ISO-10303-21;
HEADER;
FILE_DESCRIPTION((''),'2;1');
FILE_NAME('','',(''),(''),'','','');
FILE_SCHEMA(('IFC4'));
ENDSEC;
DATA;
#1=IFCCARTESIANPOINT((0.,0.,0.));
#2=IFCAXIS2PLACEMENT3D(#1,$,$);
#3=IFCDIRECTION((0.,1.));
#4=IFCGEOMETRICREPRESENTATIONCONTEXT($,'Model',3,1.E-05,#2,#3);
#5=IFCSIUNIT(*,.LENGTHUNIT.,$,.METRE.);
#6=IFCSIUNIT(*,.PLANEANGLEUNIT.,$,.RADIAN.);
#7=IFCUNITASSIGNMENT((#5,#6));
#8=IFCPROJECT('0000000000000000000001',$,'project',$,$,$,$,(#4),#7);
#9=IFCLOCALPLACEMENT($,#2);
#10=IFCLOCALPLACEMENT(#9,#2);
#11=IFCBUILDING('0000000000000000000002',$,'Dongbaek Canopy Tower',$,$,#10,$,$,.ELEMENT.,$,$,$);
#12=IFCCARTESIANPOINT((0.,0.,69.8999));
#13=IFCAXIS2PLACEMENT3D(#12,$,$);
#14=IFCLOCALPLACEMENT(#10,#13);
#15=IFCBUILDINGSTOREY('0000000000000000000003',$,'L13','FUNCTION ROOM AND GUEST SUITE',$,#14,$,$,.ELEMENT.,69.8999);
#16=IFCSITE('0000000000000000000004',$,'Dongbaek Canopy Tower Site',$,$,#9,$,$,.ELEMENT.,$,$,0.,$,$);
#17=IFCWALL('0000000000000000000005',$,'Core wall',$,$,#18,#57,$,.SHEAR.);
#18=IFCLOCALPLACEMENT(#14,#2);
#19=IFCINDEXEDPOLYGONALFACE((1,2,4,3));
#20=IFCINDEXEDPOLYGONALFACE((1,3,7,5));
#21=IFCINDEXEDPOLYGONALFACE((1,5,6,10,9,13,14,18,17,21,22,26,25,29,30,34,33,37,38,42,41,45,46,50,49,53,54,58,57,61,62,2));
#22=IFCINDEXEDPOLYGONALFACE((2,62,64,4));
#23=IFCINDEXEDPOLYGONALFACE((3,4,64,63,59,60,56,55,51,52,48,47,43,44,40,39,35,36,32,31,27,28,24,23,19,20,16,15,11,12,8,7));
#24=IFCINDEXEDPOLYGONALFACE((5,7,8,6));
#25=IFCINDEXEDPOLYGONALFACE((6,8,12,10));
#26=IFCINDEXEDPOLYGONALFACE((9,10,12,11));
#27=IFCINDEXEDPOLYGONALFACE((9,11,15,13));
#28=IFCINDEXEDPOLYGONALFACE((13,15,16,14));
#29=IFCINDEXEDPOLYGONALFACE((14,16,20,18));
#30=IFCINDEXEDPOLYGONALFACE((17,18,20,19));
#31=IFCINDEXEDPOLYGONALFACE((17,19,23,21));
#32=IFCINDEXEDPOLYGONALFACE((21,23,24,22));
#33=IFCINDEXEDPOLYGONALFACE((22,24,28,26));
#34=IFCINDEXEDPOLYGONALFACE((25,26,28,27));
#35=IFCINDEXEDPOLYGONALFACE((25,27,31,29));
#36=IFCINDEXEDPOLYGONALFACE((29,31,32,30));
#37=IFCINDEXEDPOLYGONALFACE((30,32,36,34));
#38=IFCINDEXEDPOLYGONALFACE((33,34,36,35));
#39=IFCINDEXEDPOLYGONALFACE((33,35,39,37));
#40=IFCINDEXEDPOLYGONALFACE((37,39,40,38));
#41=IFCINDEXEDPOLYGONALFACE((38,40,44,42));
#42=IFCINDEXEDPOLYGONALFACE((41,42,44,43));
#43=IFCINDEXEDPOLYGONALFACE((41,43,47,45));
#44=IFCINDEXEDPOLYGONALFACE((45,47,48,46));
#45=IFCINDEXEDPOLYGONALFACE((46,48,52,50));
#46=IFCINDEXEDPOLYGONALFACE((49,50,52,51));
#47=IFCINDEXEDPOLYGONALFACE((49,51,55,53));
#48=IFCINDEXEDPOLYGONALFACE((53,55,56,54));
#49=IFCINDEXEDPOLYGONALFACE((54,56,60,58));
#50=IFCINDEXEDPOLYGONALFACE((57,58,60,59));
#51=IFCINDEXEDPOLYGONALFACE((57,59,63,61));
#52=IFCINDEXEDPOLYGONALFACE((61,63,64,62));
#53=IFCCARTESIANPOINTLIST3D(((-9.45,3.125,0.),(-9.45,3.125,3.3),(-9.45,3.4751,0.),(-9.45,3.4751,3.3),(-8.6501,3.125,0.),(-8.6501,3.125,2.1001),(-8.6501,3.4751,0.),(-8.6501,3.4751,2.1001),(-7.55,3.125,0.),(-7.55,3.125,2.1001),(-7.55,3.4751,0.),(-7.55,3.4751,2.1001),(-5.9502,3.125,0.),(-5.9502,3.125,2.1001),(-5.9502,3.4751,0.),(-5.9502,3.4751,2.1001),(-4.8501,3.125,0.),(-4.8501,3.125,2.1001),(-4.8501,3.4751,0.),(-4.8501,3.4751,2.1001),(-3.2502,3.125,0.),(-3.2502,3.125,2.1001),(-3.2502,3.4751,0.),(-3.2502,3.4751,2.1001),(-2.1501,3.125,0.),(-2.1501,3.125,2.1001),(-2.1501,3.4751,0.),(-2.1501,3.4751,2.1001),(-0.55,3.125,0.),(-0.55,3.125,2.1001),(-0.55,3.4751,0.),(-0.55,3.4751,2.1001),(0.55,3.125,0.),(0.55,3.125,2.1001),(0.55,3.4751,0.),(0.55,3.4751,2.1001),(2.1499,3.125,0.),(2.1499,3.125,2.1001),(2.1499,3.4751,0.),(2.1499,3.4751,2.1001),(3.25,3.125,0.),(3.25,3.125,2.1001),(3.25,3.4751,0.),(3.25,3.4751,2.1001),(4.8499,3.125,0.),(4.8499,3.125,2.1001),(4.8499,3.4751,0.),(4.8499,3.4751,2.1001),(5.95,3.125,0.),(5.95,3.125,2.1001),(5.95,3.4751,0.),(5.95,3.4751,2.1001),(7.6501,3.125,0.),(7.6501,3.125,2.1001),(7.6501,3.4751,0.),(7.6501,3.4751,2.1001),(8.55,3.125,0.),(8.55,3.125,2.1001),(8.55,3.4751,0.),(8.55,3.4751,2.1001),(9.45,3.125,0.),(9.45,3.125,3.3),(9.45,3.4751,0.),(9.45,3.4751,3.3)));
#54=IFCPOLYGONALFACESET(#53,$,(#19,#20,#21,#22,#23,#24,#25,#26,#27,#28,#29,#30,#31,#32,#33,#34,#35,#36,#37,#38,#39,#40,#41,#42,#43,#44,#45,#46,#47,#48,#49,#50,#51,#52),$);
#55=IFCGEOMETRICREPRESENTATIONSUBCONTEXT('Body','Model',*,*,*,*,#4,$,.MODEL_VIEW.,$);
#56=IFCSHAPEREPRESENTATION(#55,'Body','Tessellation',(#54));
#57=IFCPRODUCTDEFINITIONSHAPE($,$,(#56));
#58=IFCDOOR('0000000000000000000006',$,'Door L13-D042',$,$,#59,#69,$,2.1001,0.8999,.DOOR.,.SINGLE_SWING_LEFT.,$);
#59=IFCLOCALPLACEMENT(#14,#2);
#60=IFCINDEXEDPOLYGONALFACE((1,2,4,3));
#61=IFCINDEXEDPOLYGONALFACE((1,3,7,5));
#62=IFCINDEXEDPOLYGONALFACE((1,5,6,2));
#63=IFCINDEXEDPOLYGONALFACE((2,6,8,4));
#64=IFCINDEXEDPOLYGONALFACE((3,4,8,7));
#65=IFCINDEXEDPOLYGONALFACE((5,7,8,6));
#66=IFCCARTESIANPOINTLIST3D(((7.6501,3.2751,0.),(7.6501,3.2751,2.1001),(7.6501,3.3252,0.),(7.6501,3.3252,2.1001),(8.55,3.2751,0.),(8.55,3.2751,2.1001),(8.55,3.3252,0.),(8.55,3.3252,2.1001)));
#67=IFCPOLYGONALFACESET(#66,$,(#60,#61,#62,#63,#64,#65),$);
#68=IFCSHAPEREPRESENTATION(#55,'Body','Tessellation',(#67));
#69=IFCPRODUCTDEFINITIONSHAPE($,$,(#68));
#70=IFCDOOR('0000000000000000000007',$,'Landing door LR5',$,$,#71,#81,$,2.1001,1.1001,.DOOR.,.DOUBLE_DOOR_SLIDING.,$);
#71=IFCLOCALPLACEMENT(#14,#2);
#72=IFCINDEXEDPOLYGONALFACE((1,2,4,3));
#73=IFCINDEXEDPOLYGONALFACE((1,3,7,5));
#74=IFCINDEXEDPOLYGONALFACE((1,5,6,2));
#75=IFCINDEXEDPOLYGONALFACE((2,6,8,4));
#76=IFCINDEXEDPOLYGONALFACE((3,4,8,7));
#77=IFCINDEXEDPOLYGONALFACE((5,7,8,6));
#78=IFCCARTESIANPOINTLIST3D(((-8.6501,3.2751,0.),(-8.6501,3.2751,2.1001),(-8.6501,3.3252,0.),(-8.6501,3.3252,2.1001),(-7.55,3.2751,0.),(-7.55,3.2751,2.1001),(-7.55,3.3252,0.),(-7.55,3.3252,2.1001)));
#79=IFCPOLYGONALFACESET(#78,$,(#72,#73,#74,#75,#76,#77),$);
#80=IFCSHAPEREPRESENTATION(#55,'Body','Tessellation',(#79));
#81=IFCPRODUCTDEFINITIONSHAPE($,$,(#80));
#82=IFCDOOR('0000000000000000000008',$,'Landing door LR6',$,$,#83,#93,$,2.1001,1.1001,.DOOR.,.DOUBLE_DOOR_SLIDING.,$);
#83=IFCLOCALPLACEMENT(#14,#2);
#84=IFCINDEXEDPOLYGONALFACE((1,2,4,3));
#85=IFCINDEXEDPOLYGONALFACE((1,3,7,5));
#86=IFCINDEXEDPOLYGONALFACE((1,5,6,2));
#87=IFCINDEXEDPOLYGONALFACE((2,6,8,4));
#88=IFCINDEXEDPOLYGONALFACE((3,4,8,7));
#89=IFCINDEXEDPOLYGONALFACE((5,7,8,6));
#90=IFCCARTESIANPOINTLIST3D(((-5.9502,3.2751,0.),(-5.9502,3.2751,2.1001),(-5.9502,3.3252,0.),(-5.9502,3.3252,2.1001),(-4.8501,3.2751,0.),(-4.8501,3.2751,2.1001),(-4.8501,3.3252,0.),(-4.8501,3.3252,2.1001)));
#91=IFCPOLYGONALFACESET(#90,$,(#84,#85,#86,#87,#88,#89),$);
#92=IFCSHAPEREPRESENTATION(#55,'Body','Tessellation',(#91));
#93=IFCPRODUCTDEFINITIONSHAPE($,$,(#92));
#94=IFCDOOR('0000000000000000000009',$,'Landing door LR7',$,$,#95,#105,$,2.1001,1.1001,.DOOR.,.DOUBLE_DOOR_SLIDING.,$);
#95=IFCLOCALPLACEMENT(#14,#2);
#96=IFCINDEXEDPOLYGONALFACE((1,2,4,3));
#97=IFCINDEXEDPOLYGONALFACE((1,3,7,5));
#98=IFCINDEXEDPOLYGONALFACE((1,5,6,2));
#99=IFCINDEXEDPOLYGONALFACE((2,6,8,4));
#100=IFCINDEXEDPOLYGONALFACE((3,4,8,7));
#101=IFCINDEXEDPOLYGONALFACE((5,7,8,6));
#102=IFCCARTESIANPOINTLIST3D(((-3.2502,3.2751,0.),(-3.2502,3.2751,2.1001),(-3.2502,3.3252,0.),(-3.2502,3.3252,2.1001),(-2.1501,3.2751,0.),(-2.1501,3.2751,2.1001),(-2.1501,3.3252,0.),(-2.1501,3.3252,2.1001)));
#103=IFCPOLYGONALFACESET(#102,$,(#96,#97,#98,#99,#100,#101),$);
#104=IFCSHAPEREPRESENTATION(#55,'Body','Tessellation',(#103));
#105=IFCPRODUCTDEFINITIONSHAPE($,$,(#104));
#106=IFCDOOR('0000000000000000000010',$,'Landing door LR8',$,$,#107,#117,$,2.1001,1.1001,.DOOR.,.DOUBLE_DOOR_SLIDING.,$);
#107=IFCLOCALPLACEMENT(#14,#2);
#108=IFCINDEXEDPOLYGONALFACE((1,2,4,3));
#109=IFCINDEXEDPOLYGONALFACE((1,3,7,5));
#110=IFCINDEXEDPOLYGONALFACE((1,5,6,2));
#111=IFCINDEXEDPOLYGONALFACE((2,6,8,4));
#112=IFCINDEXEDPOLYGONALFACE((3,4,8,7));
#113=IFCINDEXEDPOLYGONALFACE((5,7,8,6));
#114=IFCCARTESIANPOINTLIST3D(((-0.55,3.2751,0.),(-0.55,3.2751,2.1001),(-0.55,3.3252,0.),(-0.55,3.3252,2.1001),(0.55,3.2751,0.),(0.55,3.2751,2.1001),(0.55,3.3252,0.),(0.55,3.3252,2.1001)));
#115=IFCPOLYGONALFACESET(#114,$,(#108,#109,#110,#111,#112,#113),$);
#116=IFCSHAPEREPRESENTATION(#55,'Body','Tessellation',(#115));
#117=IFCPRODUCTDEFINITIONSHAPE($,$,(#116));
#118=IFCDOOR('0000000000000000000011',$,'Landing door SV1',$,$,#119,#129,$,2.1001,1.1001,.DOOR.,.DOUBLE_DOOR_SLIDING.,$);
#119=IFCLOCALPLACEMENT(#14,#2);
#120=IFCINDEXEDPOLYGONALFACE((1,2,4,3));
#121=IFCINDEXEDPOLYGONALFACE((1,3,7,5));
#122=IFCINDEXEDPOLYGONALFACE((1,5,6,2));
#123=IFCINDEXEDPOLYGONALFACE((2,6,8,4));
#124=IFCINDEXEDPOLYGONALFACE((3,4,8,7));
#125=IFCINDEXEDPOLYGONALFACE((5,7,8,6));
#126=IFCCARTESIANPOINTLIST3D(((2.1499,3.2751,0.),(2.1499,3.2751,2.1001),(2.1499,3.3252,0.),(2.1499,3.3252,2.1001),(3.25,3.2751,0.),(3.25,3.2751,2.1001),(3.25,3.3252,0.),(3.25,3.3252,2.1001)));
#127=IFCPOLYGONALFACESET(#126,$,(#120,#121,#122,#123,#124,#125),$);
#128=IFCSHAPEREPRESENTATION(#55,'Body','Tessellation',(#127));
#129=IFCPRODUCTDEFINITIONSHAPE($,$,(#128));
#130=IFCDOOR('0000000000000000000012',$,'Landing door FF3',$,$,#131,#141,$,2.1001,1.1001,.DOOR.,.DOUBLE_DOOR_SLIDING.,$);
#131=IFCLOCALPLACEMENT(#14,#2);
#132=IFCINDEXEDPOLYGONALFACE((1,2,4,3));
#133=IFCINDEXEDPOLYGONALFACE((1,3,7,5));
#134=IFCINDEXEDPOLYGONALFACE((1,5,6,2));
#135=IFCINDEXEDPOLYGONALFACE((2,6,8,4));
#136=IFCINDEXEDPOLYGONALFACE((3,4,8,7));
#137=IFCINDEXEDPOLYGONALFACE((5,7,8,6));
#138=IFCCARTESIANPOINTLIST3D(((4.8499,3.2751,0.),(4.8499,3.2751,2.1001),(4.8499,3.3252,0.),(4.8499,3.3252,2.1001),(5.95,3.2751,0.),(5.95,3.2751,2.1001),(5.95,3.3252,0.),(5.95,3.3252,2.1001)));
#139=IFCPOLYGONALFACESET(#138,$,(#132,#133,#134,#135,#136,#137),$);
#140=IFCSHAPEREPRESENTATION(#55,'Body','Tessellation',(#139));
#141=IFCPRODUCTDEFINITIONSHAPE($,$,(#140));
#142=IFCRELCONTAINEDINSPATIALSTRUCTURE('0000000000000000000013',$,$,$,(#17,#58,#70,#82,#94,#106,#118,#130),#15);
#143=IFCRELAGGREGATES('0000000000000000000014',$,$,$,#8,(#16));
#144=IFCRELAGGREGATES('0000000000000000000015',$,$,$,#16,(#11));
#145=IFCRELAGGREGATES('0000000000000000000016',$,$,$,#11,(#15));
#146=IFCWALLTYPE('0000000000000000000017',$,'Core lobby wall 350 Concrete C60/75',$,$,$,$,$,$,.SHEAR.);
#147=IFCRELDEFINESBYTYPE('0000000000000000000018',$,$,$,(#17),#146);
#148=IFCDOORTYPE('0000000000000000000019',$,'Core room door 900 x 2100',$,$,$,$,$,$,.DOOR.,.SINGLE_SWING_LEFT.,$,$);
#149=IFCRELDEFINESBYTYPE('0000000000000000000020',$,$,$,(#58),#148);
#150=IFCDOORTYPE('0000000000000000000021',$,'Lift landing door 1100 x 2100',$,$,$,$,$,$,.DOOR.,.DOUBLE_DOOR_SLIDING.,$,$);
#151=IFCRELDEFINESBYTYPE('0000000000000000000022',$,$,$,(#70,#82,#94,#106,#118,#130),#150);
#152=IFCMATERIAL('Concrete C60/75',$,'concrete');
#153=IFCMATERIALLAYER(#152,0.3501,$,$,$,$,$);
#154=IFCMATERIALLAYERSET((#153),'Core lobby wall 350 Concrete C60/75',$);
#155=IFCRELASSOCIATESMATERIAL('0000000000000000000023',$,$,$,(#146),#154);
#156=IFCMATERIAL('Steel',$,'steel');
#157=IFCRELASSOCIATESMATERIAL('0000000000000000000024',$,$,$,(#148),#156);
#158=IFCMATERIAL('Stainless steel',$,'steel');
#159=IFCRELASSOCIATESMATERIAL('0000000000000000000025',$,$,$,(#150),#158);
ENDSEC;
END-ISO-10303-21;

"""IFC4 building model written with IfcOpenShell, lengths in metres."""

from ifc_helpers import new_model, si_unit, direction, frame, frame_2d, origin, place, context, subcontext, project, spatial, rectangle, extrude, material, layer, layer_set, type_object, element, fill, save


model = new_model("IFC4")

# Units and contexts
model_context = context("Model", 3, precision=1e-05, world=origin(), true_north=direction((0.0, 1.0)))
body_context = subcontext(model_context, "Body", "Model", "MODEL_VIEW")
ifc_project = project(units=[si_unit("LENGTHUNIT", "METRE"), si_unit("PLANEANGLEUNIT", "RADIAN")], contexts=[model_context])

# Site, building, storey
site_placement = place(None, origin())
site = spatial("IfcSite", under=ifc_project, at=site_placement, Name="Dongbaek Canopy Tower Site", CompositionType="ELEMENT", RefElevation=0.0)
building_placement = place(site_placement, origin())
building = spatial("IfcBuilding", under=site, at=building_placement, Name="Dongbaek Canopy Tower", CompositionType="ELEMENT")
storey_placement = place(building_placement, frame((0.0, 0.0, 69.8999)))
storey = spatial("IfcBuildingStorey", under=building, at=storey_placement, Name="L13", Description="FUNCTION ROOM AND GUEST SUITE", CompositionType="ELEMENT", Elevation=69.8999)

# Wall, openings, doors
ifc_material_1 = material(Name="Concrete C60/75", Category="concrete")
ifc_layer_1 = layer(ifc_material_1, 0.3501)
ifc_layer_set_1 = layer_set([ifc_layer_1], Name="Core lobby wall 350 Concrete C60/75")
wall_type_1 = type_object("IfcWallType", Name="Core lobby wall 350 Concrete C60/75", PredefinedType="SHEAR", material=ifc_layer_set_1)
wall_1_placement = place(storey_placement, frame((9.45, 3.3, 0.0), z_axis=(0.0, 0.0, 1.0), x_axis=(-1.0, 0.0, 0.0)))
wall_1 = element("IfcWall", 1, at=wall_1_placement, inside=storey, type_object=wall_type_1, Name="Core wall", PredefinedType="SHEAR", context=body_context, shape_type="SweptSolid", body=[
    extrude(rectangle(XDim=18.8999, YDim=0.3501, at=frame_2d((9.45, 0.0))), origin(), (0.0, 0.0, 1.0), 3.3),
])
opening_1_placement = place(wall_1_placement, frame((17.0, 0.0, 0.0)))
opening_1 = element("IfcOpeningElement", 2, at=opening_1_placement, cuts=wall_1, PredefinedType="OPENING", context=body_context, shape_type="SweptSolid", body=[
    extrude(rectangle(XDim=1.1001, YDim=2.1001, at=frame_2d((0.55, 1.05))), frame((0.0, 0.1851, 0.0), z_axis=(0.0, -1.0, 0.0), x_axis=(1.0, 0.0, 0.0)), (0.0, 0.0, 1.0), 0.3701),
])
opening_2_placement = place(wall_1_placement, frame((14.3, 0.0, 0.0)))
opening_2 = element("IfcOpeningElement", 3, at=opening_2_placement, cuts=wall_1, PredefinedType="OPENING", context=body_context, shape_type="SweptSolid", body=[
    extrude(rectangle(XDim=1.1001, YDim=2.1001, at=frame_2d((0.55, 1.05))), frame((0.0, 0.1851, 0.0), z_axis=(0.0, -1.0, 0.0), x_axis=(1.0, 0.0, 0.0)), (0.0, 0.0, 1.0), 0.3701),
])
opening_3_placement = place(wall_1_placement, frame((11.6001, 0.0, 0.0)))
opening_3 = element("IfcOpeningElement", 4, at=opening_3_placement, cuts=wall_1, PredefinedType="OPENING", context=body_context, shape_type="SweptSolid", body=[
    extrude(rectangle(XDim=1.1001, YDim=2.1001, at=frame_2d((0.55, 1.05))), frame((0.0, 0.1851, 0.0), z_axis=(0.0, -1.0, 0.0), x_axis=(1.0, 0.0, 0.0)), (0.0, 0.0, 1.0), 0.3701),
])
opening_4_placement = place(wall_1_placement, frame((8.8999, 0.0, 0.0)))
opening_4 = element("IfcOpeningElement", 5, at=opening_4_placement, cuts=wall_1, PredefinedType="OPENING", context=body_context, shape_type="SweptSolid", body=[
    extrude(rectangle(XDim=1.1001, YDim=2.1001, at=frame_2d((0.55, 1.05))), frame((0.0, 0.1851, 0.0), z_axis=(0.0, -1.0, 0.0), x_axis=(1.0, 0.0, 0.0)), (0.0, 0.0, 1.0), 0.3701),
])
opening_5_placement = place(wall_1_placement, frame((6.2, 0.0, 0.0)))
opening_5 = element("IfcOpeningElement", 6, at=opening_5_placement, cuts=wall_1, PredefinedType="OPENING", context=body_context, shape_type="SweptSolid", body=[
    extrude(rectangle(XDim=1.1001, YDim=2.1001, at=frame_2d((0.55, 1.05))), frame((0.0, 0.1851, 0.0), z_axis=(0.0, -1.0, 0.0), x_axis=(1.0, 0.0, 0.0)), (0.0, 0.0, 1.0), 0.3701),
])
opening_6_placement = place(wall_1_placement, frame((3.5, 0.0, 0.0)))
opening_6 = element("IfcOpeningElement", 7, at=opening_6_placement, cuts=wall_1, PredefinedType="OPENING", context=body_context, shape_type="SweptSolid", body=[
    extrude(rectangle(XDim=1.1001, YDim=2.1001, at=frame_2d((0.55, 1.05))), frame((0.0, 0.1851, 0.0), z_axis=(0.0, -1.0, 0.0), x_axis=(1.0, 0.0, 0.0)), (0.0, 0.0, 1.0), 0.3701),
])
opening_7_placement = place(wall_1_placement, frame((0.8999, 0.0, 0.0)))
opening_7 = element("IfcOpeningElement", 8, at=opening_7_placement, cuts=wall_1, PredefinedType="OPENING", context=body_context, shape_type="SweptSolid", body=[
    extrude(rectangle(XDim=0.8999, YDim=2.1001, at=frame_2d((0.45, 1.05))), frame((0.0, 0.1851, 0.0), z_axis=(0.0, -1.0, 0.0), x_axis=(1.0, 0.0, 0.0)), (0.0, 0.0, 1.0), 0.3701),
])
ifc_material_2 = material(Name="Steel", Category="steel")
door_type_1 = type_object("IfcDoorType", Name="Core room door 900 x 2100", OperationType="SINGLE_SWING_LEFT", PredefinedType="DOOR", material=ifc_material_2)
door_1_placement = place(opening_7_placement, origin())
door_1 = element("IfcDoor", 9, at=door_1_placement, inside=storey, type_object=door_type_1, Name="Door L13-D042", OperationType="SINGLE_SWING_LEFT", OverallHeight=2.1001, OverallWidth=0.8999, PredefinedType="DOOR", context=body_context, shape_type="SweptSolid", body=[
    extrude(rectangle(XDim=0.8999, YDim=2.1001, at=frame_2d((0.45, 1.05))), frame((0.0, 0.0249, 0.0), z_axis=(0.0, -1.0, 0.0), x_axis=(1.0, 0.0, 0.0)), (0.0, 0.0, 1.0), 0.05),
])
fill(opening_7, door_1)
ifc_material_3 = material(Name="Stainless steel", Category="steel")
door_type_2 = type_object("IfcDoorType", Name="Lift landing door 1100 x 2100", OperationType="DOUBLE_DOOR_SLIDING", PredefinedType="DOOR", material=ifc_material_3)
door_2_placement = place(opening_1_placement, origin())
door_2 = element("IfcDoor", 10, at=door_2_placement, inside=storey, type_object=door_type_2, Name="Landing door LR5", OperationType="DOUBLE_DOOR_SLIDING", OverallHeight=2.1001, OverallWidth=1.1001, PredefinedType="DOOR", context=body_context, shape_type="SweptSolid", body=[
    extrude(rectangle(XDim=1.1001, YDim=2.1001, at=frame_2d((0.55, 1.05))), frame((0.0, 0.0249, 0.0), z_axis=(0.0, -1.0, 0.0), x_axis=(1.0, 0.0, 0.0)), (0.0, 0.0, 1.0), 0.05),
])
fill(opening_1, door_2)
door_3_placement = place(opening_2_placement, origin())
door_3 = element("IfcDoor", 11, at=door_3_placement, inside=storey, type_object=door_type_2, Name="Landing door LR6", OperationType="DOUBLE_DOOR_SLIDING", OverallHeight=2.1001, OverallWidth=1.1001, PredefinedType="DOOR", context=body_context, shape_type="SweptSolid", body=[
    extrude(rectangle(XDim=1.1001, YDim=2.1001, at=frame_2d((0.55, 1.05))), frame((0.0, 0.0249, 0.0), z_axis=(0.0, -1.0, 0.0), x_axis=(1.0, 0.0, 0.0)), (0.0, 0.0, 1.0), 0.05),
])
fill(opening_2, door_3)
door_4_placement = place(opening_3_placement, origin())
door_4 = element("IfcDoor", 12, at=door_4_placement, inside=storey, type_object=door_type_2, Name="Landing door LR7", OperationType="DOUBLE_DOOR_SLIDING", OverallHeight=2.1001, OverallWidth=1.1001, PredefinedType="DOOR", context=body_context, shape_type="SweptSolid", body=[
    extrude(rectangle(XDim=1.1001, YDim=2.1001, at=frame_2d((0.55, 1.05))), frame((0.0, 0.0249, 0.0), z_axis=(0.0, -1.0, 0.0), x_axis=(1.0, 0.0, 0.0)), (0.0, 0.0, 1.0), 0.05),
])
fill(opening_3, door_4)
door_5_placement = place(opening_4_placement, origin())
door_5 = element("IfcDoor", 13, at=door_5_placement, inside=storey, type_object=door_type_2, Name="Landing door LR8", OperationType="DOUBLE_DOOR_SLIDING", OverallHeight=2.1001, OverallWidth=1.1001, PredefinedType="DOOR", context=body_context, shape_type="SweptSolid", body=[
    extrude(rectangle(XDim=1.1001, YDim=2.1001, at=frame_2d((0.55, 1.05))), frame((0.0, 0.0249, 0.0), z_axis=(0.0, -1.0, 0.0), x_axis=(1.0, 0.0, 0.0)), (0.0, 0.0, 1.0), 0.05),
])
fill(opening_4, door_5)
door_6_placement = place(opening_5_placement, origin())
door_6 = element("IfcDoor", 14, at=door_6_placement, inside=storey, type_object=door_type_2, Name="Landing door SV1", OperationType="DOUBLE_DOOR_SLIDING", OverallHeight=2.1001, OverallWidth=1.1001, PredefinedType="DOOR", context=body_context, shape_type="SweptSolid", body=[
    extrude(rectangle(XDim=1.1001, YDim=2.1001, at=frame_2d((0.55, 1.05))), frame((0.0, 0.0249, 0.0), z_axis=(0.0, -1.0, 0.0), x_axis=(1.0, 0.0, 0.0)), (0.0, 0.0, 1.0), 0.05),
])
fill(opening_5, door_6)
door_7_placement = place(opening_6_placement, origin())
door_7 = element("IfcDoor", 15, at=door_7_placement, inside=storey, type_object=door_type_2, Name="Landing door FF3", OperationType="DOUBLE_DOOR_SLIDING", OverallHeight=2.1001, OverallWidth=1.1001, PredefinedType="DOOR", context=body_context, shape_type="SweptSolid", body=[
    extrude(rectangle(XDim=1.1001, YDim=2.1001, at=frame_2d((0.55, 1.05))), frame((0.0, 0.0249, 0.0), z_axis=(0.0, -1.0, 0.0), x_axis=(1.0, 0.0, 0.0)), (0.0, 0.0, 1.0), 0.05),
])
fill(opening_6, door_7)

save(model, "model.ifc")
